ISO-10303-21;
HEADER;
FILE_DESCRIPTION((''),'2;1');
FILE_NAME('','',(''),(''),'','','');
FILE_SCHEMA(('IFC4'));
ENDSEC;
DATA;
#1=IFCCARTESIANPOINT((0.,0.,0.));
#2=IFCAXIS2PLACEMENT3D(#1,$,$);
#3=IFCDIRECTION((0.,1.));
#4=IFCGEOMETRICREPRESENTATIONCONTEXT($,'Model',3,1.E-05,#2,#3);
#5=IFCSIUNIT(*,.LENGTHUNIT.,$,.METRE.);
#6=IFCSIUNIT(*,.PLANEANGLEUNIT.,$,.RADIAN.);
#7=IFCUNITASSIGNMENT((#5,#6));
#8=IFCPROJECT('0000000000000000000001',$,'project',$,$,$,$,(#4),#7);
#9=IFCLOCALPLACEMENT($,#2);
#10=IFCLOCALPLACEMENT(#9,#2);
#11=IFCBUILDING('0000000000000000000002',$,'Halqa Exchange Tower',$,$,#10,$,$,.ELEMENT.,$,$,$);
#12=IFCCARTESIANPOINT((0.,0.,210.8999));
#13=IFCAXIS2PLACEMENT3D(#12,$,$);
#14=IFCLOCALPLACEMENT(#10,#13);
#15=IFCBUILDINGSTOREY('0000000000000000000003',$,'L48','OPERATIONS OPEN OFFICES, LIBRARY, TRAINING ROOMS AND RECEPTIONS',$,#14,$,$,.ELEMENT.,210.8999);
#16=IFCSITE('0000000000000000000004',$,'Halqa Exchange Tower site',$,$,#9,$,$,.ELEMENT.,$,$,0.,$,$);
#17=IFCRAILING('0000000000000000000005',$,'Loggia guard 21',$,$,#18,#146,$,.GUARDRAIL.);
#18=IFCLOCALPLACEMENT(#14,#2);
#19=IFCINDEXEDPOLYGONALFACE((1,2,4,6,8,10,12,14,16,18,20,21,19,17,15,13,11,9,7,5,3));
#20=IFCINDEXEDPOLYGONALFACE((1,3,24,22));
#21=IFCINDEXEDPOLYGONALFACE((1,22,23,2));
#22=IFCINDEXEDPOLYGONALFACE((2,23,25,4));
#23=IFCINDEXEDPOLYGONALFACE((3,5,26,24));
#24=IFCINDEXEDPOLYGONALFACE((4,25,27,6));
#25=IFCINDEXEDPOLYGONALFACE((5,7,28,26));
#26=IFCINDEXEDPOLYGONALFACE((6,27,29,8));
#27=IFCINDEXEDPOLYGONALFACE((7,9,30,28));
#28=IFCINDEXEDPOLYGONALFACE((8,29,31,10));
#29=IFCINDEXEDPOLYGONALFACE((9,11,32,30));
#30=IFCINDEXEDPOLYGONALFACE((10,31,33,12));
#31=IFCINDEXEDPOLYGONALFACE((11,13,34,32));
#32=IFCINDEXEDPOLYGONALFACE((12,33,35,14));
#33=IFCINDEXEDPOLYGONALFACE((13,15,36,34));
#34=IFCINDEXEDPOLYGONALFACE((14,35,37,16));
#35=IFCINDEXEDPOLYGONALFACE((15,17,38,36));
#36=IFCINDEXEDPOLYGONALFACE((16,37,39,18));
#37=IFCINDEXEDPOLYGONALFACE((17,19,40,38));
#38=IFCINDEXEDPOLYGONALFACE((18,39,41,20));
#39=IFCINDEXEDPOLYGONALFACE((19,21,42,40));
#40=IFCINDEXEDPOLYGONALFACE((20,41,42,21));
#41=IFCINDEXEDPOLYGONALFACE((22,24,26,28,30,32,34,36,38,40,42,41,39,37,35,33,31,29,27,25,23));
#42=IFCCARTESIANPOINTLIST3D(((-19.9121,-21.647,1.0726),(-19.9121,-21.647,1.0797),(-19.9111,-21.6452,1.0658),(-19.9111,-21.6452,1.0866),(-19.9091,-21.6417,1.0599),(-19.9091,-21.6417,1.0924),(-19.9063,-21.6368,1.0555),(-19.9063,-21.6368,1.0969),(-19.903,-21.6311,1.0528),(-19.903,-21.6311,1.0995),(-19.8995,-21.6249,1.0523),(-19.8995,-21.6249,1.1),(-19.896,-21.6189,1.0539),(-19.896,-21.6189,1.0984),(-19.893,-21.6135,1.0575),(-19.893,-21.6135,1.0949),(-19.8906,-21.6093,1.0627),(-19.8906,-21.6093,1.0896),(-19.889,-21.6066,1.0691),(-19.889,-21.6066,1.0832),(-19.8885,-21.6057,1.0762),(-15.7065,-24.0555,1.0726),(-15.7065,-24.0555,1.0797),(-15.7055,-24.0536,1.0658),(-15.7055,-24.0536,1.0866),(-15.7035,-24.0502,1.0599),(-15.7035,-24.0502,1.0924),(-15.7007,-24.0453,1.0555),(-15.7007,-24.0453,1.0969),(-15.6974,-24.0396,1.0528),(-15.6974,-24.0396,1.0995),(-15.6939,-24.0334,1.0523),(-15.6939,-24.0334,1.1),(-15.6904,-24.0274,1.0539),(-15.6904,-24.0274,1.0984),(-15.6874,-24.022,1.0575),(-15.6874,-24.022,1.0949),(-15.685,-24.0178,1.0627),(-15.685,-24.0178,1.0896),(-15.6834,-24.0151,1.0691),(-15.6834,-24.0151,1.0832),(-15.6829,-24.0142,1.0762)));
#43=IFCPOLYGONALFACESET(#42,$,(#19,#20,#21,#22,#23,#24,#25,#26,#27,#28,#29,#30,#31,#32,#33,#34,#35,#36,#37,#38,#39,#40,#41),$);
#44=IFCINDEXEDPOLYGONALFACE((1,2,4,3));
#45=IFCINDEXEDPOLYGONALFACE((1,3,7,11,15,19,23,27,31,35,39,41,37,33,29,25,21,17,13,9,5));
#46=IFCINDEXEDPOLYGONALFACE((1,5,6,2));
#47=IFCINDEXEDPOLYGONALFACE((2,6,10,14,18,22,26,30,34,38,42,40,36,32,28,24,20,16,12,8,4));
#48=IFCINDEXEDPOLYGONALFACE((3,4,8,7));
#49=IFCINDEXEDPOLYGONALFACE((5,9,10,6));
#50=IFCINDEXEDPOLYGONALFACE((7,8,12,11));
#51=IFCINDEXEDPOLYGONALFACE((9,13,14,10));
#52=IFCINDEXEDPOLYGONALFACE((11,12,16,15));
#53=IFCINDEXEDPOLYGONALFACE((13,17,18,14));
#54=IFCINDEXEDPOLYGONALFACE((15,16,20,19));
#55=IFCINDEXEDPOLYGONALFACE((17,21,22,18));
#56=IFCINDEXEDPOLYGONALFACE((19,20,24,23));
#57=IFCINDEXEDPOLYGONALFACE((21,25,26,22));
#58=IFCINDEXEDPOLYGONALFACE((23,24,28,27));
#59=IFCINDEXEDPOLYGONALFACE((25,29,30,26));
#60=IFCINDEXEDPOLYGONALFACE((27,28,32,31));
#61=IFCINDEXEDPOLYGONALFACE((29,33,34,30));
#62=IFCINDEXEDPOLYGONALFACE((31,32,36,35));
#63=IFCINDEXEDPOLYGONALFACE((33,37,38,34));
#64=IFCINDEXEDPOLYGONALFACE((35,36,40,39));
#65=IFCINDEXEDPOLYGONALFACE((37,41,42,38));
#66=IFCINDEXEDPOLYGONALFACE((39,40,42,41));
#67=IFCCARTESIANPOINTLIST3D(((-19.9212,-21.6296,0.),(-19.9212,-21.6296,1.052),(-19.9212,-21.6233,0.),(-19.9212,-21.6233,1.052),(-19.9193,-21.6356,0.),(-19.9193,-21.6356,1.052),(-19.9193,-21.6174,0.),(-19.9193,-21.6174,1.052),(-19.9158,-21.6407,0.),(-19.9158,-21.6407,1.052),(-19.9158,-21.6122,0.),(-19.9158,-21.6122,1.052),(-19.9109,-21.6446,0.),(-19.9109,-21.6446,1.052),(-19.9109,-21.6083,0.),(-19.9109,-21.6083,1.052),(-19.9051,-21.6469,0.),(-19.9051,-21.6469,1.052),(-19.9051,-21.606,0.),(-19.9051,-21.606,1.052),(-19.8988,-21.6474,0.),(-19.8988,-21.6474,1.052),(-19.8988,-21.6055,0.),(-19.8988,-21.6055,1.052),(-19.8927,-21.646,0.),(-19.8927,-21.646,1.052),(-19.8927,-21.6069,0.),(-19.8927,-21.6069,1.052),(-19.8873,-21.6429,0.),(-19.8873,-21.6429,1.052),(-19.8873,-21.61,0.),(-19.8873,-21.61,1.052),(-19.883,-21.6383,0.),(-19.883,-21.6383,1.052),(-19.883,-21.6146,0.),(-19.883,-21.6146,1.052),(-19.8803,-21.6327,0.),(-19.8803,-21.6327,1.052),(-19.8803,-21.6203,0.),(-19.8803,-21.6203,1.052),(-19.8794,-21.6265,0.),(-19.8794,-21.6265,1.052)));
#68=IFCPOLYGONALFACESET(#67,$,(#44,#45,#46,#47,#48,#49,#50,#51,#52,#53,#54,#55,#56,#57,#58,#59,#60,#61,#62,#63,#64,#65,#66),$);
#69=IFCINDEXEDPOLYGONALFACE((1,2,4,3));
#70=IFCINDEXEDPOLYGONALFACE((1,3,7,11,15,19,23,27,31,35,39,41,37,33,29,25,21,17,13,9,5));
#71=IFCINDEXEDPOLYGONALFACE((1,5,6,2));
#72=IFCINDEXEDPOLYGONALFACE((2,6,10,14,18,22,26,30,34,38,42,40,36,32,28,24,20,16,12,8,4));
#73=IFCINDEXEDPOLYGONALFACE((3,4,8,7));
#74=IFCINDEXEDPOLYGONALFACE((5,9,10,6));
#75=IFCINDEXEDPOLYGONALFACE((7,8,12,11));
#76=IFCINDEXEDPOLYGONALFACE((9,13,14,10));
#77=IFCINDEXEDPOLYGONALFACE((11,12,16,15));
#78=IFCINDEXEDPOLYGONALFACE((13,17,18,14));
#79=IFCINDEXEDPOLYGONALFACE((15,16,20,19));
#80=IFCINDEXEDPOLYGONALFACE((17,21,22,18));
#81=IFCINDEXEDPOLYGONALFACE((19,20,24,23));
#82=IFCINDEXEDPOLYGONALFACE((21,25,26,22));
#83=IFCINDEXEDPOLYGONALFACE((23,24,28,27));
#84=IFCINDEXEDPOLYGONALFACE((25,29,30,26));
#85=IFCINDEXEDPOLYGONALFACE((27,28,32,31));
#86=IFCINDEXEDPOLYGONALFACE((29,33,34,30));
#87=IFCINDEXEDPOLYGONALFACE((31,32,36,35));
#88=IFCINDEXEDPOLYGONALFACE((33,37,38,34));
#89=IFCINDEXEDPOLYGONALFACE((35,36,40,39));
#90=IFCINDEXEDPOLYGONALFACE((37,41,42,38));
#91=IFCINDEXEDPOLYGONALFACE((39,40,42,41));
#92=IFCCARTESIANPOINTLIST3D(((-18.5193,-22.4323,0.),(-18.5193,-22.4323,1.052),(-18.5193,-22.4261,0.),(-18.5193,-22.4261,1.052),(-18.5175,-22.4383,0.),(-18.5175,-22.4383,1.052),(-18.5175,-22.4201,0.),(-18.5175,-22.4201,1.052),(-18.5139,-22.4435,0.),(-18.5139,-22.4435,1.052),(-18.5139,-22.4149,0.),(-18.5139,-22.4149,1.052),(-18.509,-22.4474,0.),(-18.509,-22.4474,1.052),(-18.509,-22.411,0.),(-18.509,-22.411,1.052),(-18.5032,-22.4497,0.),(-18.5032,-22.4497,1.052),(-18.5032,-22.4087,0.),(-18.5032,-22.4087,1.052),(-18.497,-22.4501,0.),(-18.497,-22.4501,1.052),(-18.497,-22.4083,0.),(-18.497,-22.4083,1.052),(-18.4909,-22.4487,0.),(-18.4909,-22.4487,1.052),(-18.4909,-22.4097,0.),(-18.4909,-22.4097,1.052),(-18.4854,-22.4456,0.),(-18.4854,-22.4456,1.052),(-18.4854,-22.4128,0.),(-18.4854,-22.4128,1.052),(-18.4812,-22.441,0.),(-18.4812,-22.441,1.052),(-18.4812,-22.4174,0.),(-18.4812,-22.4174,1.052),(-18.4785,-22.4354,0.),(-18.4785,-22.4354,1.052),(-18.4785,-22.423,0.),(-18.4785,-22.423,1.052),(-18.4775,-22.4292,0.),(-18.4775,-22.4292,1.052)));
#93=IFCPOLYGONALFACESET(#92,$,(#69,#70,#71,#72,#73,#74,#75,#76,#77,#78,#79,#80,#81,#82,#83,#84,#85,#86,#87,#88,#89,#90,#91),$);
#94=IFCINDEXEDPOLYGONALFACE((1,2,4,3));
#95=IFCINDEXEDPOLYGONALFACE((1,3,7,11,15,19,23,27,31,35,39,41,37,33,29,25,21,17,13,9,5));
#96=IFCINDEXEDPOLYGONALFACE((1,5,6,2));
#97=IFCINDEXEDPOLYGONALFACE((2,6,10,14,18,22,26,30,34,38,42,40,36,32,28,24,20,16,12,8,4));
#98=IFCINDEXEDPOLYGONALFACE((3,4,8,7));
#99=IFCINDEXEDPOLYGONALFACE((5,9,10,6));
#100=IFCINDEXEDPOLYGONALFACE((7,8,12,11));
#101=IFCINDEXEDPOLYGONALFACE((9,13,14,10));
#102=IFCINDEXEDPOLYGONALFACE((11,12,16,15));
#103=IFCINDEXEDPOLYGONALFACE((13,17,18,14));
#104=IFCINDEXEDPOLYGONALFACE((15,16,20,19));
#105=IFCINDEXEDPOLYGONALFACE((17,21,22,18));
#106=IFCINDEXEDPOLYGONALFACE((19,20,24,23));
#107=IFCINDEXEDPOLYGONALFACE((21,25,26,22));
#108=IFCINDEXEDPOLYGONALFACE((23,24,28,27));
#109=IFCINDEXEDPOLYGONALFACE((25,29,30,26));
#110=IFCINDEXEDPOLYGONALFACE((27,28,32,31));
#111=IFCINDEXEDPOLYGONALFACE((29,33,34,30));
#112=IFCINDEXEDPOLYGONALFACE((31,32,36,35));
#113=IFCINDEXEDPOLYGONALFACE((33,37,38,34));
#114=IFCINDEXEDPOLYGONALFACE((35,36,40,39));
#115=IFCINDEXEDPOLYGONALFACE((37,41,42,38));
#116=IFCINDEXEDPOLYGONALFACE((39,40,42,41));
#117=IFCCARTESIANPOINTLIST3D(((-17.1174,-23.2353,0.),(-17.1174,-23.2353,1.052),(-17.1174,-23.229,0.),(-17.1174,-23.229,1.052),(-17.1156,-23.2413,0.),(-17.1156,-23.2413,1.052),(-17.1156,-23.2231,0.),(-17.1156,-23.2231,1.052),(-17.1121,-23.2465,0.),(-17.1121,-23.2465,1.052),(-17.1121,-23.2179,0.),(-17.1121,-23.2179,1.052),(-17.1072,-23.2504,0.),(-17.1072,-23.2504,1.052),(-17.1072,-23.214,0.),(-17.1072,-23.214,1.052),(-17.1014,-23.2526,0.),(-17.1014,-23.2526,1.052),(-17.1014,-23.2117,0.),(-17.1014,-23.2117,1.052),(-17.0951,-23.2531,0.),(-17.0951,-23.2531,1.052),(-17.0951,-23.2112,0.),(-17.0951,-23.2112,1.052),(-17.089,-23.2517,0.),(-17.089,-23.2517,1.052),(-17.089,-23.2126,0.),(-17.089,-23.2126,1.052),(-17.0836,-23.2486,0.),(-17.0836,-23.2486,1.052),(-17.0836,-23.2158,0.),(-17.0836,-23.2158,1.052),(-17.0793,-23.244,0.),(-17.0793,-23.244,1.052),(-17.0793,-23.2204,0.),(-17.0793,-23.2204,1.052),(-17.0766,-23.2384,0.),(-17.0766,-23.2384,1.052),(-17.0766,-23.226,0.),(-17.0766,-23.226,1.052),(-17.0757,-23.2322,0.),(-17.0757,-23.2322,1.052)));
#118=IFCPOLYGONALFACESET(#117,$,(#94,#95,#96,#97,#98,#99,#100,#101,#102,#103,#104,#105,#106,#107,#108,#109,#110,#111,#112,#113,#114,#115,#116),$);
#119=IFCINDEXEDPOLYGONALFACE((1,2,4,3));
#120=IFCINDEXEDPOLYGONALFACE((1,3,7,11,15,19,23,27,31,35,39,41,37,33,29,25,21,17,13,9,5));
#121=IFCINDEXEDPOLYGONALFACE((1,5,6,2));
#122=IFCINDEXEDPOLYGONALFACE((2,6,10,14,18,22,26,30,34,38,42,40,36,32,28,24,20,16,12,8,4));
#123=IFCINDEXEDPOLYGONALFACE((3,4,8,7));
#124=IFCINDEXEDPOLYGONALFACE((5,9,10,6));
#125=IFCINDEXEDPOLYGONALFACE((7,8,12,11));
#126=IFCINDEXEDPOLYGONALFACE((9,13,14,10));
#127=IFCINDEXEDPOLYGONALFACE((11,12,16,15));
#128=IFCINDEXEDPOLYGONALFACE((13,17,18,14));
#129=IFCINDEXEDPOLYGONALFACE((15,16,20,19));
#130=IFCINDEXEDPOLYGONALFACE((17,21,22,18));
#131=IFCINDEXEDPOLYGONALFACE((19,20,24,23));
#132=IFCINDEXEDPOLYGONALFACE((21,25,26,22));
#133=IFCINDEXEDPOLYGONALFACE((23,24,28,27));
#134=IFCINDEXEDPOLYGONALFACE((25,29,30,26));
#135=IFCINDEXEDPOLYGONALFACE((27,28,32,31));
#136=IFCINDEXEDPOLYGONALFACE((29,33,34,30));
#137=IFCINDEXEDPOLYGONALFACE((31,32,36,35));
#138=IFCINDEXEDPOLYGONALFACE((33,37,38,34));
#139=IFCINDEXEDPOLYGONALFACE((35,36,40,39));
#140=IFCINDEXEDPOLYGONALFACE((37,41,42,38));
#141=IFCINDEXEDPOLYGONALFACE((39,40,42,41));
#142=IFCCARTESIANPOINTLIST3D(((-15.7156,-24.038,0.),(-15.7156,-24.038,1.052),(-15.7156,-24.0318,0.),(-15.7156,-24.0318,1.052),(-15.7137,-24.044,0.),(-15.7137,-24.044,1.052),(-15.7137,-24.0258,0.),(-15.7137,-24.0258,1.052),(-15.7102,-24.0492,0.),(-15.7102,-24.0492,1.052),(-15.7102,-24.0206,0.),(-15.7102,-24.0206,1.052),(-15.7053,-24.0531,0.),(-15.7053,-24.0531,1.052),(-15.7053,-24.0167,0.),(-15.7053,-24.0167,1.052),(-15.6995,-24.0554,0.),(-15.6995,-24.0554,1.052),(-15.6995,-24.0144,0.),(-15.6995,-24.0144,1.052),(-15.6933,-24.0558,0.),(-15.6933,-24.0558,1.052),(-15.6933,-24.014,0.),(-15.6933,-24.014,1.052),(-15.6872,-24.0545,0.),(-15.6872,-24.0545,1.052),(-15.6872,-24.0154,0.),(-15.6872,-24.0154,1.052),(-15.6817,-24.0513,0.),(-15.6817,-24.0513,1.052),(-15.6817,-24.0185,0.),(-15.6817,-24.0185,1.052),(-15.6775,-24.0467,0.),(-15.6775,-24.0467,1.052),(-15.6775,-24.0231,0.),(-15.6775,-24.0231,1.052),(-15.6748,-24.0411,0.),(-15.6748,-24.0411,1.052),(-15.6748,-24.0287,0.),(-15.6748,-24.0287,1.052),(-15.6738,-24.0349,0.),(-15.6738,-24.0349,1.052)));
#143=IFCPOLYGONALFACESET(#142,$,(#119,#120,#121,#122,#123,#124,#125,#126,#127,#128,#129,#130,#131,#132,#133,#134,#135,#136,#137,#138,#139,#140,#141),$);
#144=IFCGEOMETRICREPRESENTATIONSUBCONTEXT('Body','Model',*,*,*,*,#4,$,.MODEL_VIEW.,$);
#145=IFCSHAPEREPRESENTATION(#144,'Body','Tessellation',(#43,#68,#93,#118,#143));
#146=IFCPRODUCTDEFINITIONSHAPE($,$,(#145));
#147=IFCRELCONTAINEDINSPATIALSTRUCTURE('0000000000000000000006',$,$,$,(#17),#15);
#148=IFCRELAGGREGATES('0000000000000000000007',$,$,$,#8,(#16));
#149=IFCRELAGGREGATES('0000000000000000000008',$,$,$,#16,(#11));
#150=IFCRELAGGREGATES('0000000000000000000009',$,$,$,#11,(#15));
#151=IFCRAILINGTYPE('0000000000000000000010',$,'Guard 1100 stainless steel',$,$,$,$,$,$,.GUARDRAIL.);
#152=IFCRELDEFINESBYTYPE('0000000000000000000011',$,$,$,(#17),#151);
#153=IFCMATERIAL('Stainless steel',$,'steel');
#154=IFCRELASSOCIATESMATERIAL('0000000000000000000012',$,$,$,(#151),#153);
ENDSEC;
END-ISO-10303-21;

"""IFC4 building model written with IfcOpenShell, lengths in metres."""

from ifc_helpers import new_model, si_unit, direction, frame, origin, origin_2d, place, context, subcontext, project, spatial, circle, extrude, material, type_object, element, save


model = new_model("IFC4")

# Units and contexts
model_context = context("Model", 3, precision=1e-05, world=origin(), true_north=direction((0.0, 1.0)))
body_context = subcontext(model_context, "Body", "Model", "MODEL_VIEW")
ifc_project = project(units=[si_unit("LENGTHUNIT", "METRE"), si_unit("PLANEANGLEUNIT", "RADIAN")], contexts=[model_context])

# Site, building, storey
site_placement = place(None, origin())
site = spatial("IfcSite", under=ifc_project, at=site_placement, Name="Halqa Exchange Tower site", CompositionType="ELEMENT", RefElevation=0.0)
building_placement = place(site_placement, origin())
building = spatial("IfcBuilding", under=site, at=building_placement, Name="Halqa Exchange Tower", CompositionType="ELEMENT")
storey_placement = place(building_placement, frame((0.0, 0.0, 210.8999)))
storey = spatial("IfcBuildingStorey", under=building, at=storey_placement, Name="L48", Description="OPERATIONS OPEN OFFICES, LIBRARY, TRAINING ROOMS AND RECEPTIONS", CompositionType="ELEMENT", Elevation=210.8999)

# Railing
ifc_material_1 = material(Name="Stainless steel", Category="steel")
railing_type = type_object("IfcRailingType", Name="Guard 1100 stainless steel", PredefinedType="GUARDRAIL", material=ifc_material_1)
railing_1_placement = place(storey_placement, frame((-19.9004, -21.6265, 0.0)))
element("IfcRailing", 1, at=railing_1_placement, inside=storey, type_object=railing_type, Name="Loggia guard 21", PredefinedType="GUARDRAIL", context=body_context, shape_type="SweptSolid", body=[
    extrude(circle(Radius=0.0239, at=origin_2d()), frame((0.0, 0.0, 1.0762), z_axis=(0.867775, -0.496958, 0.0), x_axis=(0.496958, 0.867775, 0.0)), (0.0, 0.0, 1.0), 4.8464),
    extrude(circle(Radius=0.021, at=origin_2d()), origin(), (0.0, 0.0, 1.0), 1.052),
    extrude(circle(Radius=0.021, at=origin_2d()), frame((1.4019, -0.8027, 0.0)), (0.0, 0.0, 1.0), 1.052),
    extrude(circle(Radius=0.021, at=origin_2d()), frame((2.8037, -1.6057, 0.0)), (0.0, 0.0, 1.0), 1.052),
    extrude(circle(Radius=0.021, at=origin_2d()), frame((4.2056, -2.4084, 0.0)), (0.0, 0.0, 1.0), 1.052),
])

save(model, "model.ifc")
